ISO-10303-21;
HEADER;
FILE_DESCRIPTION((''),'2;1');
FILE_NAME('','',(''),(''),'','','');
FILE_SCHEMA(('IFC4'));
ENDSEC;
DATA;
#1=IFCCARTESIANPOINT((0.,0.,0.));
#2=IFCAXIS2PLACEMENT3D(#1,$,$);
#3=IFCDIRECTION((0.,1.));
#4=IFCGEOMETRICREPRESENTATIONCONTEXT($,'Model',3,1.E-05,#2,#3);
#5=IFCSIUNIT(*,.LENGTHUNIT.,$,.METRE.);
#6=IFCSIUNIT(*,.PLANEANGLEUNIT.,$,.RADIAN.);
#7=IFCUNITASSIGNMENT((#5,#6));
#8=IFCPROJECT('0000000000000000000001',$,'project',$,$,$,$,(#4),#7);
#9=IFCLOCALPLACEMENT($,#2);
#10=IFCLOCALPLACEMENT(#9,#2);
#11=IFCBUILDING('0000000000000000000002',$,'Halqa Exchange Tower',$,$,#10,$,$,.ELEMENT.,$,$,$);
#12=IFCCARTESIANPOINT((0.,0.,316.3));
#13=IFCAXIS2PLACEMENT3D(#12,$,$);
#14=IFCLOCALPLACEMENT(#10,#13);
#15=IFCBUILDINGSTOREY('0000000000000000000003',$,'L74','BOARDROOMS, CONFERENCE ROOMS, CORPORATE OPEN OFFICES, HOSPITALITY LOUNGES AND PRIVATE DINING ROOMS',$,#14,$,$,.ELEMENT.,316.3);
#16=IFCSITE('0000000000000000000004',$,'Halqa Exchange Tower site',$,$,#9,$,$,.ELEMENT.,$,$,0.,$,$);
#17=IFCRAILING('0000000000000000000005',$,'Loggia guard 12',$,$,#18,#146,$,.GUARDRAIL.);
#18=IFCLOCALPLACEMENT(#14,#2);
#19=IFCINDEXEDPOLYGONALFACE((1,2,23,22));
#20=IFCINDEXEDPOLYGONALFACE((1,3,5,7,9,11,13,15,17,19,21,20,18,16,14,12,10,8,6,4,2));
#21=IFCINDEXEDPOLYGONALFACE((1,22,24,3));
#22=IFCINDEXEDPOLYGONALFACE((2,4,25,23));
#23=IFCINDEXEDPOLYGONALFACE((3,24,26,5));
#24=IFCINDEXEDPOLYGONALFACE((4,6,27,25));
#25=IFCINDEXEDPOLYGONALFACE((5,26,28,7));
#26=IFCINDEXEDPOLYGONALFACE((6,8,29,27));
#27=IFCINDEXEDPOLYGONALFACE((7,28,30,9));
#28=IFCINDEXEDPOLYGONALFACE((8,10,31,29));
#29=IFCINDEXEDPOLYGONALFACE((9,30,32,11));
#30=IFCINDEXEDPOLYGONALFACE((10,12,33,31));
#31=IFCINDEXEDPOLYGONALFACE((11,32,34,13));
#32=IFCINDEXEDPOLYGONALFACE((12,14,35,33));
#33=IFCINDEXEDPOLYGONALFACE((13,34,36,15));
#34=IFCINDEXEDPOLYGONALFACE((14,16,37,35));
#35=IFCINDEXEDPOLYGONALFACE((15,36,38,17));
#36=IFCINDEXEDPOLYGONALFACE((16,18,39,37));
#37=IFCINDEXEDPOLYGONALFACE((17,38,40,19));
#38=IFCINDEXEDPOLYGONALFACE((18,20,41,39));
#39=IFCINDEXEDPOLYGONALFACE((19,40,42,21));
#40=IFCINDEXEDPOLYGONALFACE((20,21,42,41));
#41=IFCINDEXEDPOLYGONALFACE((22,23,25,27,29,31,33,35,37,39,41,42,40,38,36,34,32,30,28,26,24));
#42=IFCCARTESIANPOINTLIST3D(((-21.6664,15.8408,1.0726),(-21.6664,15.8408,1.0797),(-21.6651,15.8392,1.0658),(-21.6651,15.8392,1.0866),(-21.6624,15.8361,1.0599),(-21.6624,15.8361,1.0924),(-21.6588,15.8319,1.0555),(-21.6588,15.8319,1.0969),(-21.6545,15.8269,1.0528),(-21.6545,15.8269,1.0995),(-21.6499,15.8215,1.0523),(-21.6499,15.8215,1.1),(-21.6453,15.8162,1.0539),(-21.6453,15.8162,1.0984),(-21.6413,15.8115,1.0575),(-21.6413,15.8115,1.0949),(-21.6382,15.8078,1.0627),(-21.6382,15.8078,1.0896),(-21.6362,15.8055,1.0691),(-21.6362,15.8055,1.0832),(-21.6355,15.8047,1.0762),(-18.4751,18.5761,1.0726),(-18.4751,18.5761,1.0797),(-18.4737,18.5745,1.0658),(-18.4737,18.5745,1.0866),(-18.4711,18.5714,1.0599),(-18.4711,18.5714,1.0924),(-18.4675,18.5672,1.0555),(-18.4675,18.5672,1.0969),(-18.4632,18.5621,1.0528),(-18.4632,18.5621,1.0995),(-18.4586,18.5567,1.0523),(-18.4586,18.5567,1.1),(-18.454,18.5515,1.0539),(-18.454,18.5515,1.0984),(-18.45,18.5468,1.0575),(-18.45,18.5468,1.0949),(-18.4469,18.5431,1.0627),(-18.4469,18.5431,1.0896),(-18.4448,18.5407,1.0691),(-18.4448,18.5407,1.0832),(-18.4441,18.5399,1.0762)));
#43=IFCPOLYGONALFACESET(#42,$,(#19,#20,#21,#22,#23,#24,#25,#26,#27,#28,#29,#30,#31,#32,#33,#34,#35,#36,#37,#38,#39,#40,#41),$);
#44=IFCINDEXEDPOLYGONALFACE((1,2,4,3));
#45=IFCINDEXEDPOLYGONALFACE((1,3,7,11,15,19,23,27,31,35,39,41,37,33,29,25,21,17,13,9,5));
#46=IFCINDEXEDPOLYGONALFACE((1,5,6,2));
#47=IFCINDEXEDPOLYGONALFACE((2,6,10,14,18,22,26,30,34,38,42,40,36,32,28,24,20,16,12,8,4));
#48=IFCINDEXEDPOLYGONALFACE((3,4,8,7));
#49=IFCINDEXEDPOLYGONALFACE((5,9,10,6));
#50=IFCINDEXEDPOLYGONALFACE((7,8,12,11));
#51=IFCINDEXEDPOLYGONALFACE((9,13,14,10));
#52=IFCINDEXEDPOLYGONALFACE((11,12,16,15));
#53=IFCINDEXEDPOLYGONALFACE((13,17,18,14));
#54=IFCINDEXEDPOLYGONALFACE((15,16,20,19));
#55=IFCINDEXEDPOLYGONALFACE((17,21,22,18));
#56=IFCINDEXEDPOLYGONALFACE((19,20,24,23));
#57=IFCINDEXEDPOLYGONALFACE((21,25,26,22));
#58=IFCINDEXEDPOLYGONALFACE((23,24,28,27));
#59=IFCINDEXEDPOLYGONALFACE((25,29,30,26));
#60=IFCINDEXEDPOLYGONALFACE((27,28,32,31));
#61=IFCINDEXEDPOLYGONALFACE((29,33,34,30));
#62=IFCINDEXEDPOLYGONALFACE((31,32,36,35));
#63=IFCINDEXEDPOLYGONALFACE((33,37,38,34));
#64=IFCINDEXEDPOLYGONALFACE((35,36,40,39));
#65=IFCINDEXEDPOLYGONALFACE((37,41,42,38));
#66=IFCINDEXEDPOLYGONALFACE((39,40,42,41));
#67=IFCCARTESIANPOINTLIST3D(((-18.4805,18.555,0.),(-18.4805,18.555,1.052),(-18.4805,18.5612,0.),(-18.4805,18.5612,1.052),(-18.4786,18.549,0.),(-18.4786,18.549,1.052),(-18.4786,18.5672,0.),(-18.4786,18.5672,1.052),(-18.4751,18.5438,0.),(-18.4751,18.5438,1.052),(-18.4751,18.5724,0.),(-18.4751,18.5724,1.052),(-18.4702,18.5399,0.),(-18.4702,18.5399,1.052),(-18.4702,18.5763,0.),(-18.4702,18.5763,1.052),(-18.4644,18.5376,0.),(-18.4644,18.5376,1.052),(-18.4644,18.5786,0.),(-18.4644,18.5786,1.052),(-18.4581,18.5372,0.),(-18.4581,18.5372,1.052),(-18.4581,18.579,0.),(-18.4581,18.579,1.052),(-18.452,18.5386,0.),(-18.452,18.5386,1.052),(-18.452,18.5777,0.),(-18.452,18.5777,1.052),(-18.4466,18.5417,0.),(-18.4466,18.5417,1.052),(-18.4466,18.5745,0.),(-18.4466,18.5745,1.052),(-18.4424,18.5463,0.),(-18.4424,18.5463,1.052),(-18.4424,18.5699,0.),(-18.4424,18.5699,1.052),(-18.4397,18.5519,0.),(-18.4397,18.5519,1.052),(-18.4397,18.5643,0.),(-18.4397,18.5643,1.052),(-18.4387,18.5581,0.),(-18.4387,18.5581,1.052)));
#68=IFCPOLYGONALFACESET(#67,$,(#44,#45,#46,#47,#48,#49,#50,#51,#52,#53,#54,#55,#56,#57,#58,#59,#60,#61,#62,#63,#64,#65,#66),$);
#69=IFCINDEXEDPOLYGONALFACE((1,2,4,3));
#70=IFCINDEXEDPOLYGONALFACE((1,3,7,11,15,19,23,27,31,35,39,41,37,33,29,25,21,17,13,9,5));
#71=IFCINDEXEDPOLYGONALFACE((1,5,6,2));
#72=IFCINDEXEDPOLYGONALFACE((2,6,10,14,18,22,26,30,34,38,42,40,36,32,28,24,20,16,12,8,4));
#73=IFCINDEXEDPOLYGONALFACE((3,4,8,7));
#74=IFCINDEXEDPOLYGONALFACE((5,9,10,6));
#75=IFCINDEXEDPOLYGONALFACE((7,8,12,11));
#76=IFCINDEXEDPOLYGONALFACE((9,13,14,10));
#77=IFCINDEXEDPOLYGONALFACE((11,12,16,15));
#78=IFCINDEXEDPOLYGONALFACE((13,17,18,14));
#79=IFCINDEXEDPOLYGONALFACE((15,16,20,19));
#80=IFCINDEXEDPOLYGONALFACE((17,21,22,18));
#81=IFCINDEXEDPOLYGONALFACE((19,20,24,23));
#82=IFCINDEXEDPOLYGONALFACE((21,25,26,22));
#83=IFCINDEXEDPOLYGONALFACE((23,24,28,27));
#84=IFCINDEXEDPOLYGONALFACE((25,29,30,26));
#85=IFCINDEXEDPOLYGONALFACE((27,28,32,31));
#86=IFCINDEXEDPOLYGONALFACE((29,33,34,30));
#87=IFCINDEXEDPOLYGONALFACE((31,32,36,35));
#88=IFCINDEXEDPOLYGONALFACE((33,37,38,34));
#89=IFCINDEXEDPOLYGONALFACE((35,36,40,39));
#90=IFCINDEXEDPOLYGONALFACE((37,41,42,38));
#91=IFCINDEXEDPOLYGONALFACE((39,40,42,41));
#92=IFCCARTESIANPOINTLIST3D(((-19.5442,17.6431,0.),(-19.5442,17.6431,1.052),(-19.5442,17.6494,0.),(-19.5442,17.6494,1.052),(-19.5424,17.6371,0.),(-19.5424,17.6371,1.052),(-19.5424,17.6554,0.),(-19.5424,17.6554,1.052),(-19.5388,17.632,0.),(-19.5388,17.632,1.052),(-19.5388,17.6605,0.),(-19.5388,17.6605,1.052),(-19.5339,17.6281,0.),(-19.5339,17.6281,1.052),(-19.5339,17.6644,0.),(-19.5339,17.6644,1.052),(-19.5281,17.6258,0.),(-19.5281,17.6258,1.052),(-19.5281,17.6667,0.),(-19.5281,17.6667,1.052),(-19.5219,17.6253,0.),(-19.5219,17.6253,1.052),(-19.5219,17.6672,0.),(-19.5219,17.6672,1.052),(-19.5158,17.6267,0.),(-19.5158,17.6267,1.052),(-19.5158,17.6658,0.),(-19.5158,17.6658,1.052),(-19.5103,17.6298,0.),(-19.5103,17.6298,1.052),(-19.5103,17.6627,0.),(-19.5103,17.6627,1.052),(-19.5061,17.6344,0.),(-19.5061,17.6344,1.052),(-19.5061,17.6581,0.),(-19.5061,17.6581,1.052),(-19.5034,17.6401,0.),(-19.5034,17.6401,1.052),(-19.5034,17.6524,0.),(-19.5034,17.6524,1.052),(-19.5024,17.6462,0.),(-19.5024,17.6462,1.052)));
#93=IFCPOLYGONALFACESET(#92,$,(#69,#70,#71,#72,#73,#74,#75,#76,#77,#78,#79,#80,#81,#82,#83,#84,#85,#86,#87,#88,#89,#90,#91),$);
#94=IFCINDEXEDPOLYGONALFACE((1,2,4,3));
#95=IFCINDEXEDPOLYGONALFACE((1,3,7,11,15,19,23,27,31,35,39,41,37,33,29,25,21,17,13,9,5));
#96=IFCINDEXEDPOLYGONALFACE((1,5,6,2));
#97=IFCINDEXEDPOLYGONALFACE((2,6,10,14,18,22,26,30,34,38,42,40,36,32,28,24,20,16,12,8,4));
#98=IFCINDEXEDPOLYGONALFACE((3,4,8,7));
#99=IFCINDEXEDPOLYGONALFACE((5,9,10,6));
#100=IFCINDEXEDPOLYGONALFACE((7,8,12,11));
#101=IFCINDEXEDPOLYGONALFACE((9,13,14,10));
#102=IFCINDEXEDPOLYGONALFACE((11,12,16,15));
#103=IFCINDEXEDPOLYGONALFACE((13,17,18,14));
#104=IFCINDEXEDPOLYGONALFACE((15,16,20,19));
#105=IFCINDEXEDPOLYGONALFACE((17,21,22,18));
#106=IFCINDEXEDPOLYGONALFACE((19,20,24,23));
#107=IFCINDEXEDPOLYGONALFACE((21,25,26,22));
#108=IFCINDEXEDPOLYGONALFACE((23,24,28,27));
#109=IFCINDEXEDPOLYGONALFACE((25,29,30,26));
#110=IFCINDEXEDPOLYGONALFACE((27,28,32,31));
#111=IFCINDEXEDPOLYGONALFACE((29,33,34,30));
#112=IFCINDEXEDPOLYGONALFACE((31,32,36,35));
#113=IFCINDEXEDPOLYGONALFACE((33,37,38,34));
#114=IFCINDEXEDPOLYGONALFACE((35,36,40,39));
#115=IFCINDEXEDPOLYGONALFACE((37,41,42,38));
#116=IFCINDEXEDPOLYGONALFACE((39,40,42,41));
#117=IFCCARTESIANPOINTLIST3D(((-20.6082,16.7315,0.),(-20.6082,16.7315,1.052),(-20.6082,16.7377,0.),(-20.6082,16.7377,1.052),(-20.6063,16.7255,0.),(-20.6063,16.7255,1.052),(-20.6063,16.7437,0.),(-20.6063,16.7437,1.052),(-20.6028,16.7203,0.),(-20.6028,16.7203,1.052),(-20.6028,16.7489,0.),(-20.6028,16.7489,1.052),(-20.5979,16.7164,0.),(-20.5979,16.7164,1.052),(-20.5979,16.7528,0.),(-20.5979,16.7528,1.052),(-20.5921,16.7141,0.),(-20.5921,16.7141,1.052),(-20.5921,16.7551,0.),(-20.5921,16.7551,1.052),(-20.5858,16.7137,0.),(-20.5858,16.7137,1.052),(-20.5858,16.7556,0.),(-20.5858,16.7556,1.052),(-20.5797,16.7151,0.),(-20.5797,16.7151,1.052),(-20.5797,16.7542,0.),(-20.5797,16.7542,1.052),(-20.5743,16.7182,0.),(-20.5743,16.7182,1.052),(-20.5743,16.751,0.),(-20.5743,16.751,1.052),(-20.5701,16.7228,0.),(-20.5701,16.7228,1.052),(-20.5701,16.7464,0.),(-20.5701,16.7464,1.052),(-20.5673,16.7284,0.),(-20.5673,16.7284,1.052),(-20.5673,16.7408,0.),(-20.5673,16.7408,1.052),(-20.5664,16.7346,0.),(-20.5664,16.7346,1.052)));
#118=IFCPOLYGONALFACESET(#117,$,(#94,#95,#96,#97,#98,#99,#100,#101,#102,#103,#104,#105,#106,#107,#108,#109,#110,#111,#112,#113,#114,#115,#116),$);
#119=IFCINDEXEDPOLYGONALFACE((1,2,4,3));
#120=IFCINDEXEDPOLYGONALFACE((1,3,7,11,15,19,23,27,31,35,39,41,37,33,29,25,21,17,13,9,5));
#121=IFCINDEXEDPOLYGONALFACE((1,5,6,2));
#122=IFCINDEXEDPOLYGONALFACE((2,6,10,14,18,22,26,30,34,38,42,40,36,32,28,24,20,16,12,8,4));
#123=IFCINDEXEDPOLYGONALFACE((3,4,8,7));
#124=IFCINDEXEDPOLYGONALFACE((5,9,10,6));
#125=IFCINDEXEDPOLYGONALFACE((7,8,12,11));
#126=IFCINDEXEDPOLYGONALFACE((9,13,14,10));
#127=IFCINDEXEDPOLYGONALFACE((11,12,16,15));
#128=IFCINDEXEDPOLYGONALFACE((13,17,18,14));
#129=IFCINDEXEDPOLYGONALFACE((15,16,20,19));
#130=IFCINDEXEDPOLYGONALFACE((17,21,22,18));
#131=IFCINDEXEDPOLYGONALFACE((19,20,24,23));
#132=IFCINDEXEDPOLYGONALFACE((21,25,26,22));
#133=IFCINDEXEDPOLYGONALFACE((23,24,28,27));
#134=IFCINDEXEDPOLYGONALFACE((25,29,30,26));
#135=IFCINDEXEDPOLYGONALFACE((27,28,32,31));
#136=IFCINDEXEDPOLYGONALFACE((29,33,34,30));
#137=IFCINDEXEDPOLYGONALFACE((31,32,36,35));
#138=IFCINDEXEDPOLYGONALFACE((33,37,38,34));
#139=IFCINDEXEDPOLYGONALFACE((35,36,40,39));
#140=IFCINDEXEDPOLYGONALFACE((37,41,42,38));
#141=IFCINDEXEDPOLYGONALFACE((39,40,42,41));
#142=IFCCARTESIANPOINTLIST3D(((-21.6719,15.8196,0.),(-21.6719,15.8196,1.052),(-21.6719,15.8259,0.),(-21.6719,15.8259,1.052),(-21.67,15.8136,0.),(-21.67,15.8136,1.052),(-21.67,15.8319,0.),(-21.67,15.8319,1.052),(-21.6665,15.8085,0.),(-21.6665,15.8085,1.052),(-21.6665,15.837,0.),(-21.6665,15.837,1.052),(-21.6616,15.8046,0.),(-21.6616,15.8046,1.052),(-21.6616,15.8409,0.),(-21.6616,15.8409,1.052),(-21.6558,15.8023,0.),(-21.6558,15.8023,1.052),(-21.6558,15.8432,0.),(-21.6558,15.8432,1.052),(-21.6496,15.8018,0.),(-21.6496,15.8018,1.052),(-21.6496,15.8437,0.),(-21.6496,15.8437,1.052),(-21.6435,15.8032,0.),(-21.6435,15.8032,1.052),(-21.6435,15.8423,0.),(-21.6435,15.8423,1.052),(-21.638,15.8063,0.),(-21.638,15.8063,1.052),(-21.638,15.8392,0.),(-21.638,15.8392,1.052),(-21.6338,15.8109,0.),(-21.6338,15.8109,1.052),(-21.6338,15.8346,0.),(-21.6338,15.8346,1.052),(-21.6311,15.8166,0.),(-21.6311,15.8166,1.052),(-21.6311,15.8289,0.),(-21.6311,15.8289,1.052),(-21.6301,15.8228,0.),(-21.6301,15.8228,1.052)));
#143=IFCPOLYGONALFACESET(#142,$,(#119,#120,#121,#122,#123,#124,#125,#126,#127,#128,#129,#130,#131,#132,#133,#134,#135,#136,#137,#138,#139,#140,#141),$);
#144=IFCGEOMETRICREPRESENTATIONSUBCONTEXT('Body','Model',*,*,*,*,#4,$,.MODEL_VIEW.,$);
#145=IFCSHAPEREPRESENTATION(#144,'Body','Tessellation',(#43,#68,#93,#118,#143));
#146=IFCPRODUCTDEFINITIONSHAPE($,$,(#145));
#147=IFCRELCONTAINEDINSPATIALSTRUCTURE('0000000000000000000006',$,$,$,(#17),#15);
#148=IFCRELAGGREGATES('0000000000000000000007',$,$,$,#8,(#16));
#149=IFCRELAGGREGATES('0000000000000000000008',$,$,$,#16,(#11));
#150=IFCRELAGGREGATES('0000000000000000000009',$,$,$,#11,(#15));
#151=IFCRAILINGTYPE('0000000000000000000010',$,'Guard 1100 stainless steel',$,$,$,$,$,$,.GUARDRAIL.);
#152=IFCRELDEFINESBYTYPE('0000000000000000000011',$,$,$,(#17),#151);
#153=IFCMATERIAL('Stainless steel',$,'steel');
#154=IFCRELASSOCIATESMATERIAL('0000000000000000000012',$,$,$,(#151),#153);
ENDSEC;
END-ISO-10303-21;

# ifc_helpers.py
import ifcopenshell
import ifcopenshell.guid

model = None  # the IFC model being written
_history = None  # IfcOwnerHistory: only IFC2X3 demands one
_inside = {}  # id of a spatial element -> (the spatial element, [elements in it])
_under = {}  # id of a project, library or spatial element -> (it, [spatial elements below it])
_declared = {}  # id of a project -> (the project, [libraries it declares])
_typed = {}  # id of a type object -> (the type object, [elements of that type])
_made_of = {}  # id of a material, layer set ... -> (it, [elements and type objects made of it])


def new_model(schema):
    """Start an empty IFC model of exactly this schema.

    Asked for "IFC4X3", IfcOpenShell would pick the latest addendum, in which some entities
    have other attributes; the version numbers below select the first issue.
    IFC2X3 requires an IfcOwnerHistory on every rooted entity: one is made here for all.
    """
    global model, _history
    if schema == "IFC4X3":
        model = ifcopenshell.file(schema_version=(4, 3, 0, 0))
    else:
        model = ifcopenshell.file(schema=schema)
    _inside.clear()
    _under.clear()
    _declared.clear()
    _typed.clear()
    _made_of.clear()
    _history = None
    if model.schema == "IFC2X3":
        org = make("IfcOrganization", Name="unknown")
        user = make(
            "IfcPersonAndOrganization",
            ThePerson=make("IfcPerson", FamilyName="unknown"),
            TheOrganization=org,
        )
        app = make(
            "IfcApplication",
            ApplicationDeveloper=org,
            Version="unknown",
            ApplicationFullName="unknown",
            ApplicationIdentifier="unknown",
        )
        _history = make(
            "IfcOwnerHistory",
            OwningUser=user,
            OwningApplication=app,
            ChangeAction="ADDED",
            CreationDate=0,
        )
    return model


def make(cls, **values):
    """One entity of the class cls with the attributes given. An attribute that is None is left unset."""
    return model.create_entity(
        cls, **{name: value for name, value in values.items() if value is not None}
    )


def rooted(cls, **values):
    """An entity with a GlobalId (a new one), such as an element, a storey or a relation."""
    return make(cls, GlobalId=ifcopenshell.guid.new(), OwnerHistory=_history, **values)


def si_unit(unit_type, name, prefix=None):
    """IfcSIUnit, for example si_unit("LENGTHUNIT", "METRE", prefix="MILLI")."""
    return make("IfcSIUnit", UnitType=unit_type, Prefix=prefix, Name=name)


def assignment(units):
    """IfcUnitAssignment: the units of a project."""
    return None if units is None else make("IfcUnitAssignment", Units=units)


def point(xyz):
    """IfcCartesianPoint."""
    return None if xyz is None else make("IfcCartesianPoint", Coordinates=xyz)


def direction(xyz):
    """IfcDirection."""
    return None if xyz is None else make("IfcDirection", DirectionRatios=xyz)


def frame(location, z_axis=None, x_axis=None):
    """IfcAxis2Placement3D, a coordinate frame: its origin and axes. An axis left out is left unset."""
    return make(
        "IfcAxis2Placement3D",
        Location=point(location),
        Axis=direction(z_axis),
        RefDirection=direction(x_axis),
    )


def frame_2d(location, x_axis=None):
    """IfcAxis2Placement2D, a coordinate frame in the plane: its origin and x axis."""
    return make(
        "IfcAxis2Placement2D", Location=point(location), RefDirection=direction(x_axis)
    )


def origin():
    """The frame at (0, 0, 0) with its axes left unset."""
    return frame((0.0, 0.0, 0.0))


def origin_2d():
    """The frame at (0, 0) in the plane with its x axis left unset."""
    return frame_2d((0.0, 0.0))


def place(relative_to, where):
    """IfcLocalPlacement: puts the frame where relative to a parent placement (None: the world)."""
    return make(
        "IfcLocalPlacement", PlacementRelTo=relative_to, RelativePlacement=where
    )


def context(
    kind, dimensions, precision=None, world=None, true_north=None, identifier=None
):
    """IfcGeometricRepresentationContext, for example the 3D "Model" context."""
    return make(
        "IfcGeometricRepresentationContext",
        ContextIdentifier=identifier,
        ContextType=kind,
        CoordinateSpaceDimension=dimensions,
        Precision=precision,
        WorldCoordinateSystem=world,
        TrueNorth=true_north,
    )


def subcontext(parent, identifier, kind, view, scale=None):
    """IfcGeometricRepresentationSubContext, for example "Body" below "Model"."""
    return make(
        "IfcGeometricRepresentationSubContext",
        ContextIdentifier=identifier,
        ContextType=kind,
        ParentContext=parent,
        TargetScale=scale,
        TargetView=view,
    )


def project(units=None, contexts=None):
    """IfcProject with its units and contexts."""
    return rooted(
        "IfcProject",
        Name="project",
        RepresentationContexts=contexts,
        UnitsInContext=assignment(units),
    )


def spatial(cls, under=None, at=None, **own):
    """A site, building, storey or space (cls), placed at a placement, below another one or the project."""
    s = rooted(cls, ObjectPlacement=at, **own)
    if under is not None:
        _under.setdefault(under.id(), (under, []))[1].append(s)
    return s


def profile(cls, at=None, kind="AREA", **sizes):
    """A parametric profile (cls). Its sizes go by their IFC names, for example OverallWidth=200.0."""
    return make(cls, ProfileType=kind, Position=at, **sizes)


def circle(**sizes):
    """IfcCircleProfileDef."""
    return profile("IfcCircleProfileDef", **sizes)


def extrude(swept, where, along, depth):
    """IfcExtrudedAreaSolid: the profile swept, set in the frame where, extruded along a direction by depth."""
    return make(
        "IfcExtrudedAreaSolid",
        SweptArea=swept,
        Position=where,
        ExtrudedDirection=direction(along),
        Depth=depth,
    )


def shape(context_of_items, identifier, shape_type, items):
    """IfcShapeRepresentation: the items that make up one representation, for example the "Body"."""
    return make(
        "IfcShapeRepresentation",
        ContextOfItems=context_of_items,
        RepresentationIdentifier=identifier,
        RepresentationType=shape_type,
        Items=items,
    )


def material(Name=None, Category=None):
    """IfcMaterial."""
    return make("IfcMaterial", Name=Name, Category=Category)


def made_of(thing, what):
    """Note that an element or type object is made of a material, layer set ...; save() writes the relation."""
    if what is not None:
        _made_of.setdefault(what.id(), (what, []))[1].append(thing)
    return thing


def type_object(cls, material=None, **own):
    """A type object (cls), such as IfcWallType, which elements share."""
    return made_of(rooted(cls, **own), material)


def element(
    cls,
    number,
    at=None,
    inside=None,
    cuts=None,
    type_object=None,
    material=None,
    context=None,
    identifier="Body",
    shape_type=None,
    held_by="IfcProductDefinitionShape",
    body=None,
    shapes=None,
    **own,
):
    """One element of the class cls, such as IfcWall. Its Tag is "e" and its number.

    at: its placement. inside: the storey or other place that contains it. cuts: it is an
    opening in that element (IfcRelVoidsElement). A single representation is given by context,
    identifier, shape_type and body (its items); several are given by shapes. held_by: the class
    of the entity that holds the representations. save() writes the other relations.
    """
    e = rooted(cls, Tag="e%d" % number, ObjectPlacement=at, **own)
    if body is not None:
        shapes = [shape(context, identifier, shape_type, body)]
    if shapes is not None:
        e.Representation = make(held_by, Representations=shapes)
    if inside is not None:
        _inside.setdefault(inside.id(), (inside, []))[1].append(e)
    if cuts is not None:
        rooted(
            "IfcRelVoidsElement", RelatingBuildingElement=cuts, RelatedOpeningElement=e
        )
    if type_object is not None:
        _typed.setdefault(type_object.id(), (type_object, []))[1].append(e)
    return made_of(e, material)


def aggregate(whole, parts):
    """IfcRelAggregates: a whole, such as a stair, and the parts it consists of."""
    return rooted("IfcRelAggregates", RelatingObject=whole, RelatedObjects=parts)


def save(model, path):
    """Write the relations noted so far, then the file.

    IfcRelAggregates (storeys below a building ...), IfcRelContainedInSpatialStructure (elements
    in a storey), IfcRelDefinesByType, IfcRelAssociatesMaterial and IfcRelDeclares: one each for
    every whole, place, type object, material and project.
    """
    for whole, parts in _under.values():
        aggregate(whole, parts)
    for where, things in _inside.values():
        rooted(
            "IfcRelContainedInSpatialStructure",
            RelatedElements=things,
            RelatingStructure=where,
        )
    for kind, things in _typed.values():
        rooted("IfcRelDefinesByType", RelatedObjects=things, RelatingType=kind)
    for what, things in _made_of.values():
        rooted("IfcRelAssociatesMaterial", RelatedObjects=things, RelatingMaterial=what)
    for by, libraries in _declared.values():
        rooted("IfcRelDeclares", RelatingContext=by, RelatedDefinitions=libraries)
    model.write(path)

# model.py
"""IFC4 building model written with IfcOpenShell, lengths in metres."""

from ifc_helpers import new_model, si_unit, direction, frame, origin, origin_2d, place, context, subcontext, project, spatial, circle, extrude, material, type_object, element, save


model = new_model("IFC4")

# Units and contexts
model_context = context("Model", 3, precision=1e-05, world=origin(), true_north=direction((0.0, 1.0)))
body_context = subcontext(model_context, "Body", "Model", "MODEL_VIEW")
ifc_project = project(units=[si_unit("LENGTHUNIT", "METRE"), si_unit("PLANEANGLEUNIT", "RADIAN")], contexts=[model_context])

# Site, building, storey
site_placement = place(None, origin())
site = spatial("IfcSite", under=ifc_project, at=site_placement, Name="Halqa Exchange Tower site", CompositionType="ELEMENT", RefElevation=0.0)
building_placement = place(site_placement, origin())
building = spatial("IfcBuilding", under=site, at=building_placement, Name="Halqa Exchange Tower", CompositionType="ELEMENT")
storey_placement = place(building_placement, frame((0.0, 0.0, 316.3)))
storey = spatial("IfcBuildingStorey", under=building, at=storey_placement, Name="L74", Description="BOARDROOMS, CONFERENCE ROOMS, CORPORATE OPEN OFFICES, HOSPITALITY LOUNGES AND PRIVATE DINING ROOMS", CompositionType="ELEMENT", Elevation=316.3)

# Railing
ifc_material_1 = material(Name="Stainless steel", Category="steel")
railing_type = type_object("IfcRailingType", Name="Guard 1100 stainless steel", PredefinedType="GUARDRAIL", material=ifc_material_1)
railing_1_placement = place(storey_placement, frame((-18.4597, 18.5581, 0.0)))
element("IfcRailing", 1, at=railing_1_placement, inside=storey, type_object=railing_type, Name="Loggia guard 12", PredefinedType="GUARDRAIL", context=body_context, shape_type="SweptSolid", body=[
    extrude(circle(Radius=0.0239, at=origin_2d()), frame((0.0, 0.0, 1.0762), z_axis=(-0.759273, -0.650772, 0.0), x_axis=(0.650772, -0.759273, 0.0)), (0.0, 0.0, 1.0), 4.2031),
    extrude(circle(Radius=0.021, at=origin_2d()), origin(), (0.0, 0.0, 1.0), 1.052),
    extrude(circle(Radius=0.021, at=origin_2d()), frame((-1.0637, -0.9119, 0.0)), (0.0, 0.0, 1.0), 1.052),
    extrude(circle(Radius=0.021, at=origin_2d()), frame((-2.1277, -1.8235, 0.0)), (0.0, 0.0, 1.0), 1.052),
    extrude(circle(Radius=0.021, at=origin_2d()), frame((-3.1914, -2.7354, 0.0)), (0.0, 0.0, 1.0), 1.052),
])

save(model, "model.ifc")
